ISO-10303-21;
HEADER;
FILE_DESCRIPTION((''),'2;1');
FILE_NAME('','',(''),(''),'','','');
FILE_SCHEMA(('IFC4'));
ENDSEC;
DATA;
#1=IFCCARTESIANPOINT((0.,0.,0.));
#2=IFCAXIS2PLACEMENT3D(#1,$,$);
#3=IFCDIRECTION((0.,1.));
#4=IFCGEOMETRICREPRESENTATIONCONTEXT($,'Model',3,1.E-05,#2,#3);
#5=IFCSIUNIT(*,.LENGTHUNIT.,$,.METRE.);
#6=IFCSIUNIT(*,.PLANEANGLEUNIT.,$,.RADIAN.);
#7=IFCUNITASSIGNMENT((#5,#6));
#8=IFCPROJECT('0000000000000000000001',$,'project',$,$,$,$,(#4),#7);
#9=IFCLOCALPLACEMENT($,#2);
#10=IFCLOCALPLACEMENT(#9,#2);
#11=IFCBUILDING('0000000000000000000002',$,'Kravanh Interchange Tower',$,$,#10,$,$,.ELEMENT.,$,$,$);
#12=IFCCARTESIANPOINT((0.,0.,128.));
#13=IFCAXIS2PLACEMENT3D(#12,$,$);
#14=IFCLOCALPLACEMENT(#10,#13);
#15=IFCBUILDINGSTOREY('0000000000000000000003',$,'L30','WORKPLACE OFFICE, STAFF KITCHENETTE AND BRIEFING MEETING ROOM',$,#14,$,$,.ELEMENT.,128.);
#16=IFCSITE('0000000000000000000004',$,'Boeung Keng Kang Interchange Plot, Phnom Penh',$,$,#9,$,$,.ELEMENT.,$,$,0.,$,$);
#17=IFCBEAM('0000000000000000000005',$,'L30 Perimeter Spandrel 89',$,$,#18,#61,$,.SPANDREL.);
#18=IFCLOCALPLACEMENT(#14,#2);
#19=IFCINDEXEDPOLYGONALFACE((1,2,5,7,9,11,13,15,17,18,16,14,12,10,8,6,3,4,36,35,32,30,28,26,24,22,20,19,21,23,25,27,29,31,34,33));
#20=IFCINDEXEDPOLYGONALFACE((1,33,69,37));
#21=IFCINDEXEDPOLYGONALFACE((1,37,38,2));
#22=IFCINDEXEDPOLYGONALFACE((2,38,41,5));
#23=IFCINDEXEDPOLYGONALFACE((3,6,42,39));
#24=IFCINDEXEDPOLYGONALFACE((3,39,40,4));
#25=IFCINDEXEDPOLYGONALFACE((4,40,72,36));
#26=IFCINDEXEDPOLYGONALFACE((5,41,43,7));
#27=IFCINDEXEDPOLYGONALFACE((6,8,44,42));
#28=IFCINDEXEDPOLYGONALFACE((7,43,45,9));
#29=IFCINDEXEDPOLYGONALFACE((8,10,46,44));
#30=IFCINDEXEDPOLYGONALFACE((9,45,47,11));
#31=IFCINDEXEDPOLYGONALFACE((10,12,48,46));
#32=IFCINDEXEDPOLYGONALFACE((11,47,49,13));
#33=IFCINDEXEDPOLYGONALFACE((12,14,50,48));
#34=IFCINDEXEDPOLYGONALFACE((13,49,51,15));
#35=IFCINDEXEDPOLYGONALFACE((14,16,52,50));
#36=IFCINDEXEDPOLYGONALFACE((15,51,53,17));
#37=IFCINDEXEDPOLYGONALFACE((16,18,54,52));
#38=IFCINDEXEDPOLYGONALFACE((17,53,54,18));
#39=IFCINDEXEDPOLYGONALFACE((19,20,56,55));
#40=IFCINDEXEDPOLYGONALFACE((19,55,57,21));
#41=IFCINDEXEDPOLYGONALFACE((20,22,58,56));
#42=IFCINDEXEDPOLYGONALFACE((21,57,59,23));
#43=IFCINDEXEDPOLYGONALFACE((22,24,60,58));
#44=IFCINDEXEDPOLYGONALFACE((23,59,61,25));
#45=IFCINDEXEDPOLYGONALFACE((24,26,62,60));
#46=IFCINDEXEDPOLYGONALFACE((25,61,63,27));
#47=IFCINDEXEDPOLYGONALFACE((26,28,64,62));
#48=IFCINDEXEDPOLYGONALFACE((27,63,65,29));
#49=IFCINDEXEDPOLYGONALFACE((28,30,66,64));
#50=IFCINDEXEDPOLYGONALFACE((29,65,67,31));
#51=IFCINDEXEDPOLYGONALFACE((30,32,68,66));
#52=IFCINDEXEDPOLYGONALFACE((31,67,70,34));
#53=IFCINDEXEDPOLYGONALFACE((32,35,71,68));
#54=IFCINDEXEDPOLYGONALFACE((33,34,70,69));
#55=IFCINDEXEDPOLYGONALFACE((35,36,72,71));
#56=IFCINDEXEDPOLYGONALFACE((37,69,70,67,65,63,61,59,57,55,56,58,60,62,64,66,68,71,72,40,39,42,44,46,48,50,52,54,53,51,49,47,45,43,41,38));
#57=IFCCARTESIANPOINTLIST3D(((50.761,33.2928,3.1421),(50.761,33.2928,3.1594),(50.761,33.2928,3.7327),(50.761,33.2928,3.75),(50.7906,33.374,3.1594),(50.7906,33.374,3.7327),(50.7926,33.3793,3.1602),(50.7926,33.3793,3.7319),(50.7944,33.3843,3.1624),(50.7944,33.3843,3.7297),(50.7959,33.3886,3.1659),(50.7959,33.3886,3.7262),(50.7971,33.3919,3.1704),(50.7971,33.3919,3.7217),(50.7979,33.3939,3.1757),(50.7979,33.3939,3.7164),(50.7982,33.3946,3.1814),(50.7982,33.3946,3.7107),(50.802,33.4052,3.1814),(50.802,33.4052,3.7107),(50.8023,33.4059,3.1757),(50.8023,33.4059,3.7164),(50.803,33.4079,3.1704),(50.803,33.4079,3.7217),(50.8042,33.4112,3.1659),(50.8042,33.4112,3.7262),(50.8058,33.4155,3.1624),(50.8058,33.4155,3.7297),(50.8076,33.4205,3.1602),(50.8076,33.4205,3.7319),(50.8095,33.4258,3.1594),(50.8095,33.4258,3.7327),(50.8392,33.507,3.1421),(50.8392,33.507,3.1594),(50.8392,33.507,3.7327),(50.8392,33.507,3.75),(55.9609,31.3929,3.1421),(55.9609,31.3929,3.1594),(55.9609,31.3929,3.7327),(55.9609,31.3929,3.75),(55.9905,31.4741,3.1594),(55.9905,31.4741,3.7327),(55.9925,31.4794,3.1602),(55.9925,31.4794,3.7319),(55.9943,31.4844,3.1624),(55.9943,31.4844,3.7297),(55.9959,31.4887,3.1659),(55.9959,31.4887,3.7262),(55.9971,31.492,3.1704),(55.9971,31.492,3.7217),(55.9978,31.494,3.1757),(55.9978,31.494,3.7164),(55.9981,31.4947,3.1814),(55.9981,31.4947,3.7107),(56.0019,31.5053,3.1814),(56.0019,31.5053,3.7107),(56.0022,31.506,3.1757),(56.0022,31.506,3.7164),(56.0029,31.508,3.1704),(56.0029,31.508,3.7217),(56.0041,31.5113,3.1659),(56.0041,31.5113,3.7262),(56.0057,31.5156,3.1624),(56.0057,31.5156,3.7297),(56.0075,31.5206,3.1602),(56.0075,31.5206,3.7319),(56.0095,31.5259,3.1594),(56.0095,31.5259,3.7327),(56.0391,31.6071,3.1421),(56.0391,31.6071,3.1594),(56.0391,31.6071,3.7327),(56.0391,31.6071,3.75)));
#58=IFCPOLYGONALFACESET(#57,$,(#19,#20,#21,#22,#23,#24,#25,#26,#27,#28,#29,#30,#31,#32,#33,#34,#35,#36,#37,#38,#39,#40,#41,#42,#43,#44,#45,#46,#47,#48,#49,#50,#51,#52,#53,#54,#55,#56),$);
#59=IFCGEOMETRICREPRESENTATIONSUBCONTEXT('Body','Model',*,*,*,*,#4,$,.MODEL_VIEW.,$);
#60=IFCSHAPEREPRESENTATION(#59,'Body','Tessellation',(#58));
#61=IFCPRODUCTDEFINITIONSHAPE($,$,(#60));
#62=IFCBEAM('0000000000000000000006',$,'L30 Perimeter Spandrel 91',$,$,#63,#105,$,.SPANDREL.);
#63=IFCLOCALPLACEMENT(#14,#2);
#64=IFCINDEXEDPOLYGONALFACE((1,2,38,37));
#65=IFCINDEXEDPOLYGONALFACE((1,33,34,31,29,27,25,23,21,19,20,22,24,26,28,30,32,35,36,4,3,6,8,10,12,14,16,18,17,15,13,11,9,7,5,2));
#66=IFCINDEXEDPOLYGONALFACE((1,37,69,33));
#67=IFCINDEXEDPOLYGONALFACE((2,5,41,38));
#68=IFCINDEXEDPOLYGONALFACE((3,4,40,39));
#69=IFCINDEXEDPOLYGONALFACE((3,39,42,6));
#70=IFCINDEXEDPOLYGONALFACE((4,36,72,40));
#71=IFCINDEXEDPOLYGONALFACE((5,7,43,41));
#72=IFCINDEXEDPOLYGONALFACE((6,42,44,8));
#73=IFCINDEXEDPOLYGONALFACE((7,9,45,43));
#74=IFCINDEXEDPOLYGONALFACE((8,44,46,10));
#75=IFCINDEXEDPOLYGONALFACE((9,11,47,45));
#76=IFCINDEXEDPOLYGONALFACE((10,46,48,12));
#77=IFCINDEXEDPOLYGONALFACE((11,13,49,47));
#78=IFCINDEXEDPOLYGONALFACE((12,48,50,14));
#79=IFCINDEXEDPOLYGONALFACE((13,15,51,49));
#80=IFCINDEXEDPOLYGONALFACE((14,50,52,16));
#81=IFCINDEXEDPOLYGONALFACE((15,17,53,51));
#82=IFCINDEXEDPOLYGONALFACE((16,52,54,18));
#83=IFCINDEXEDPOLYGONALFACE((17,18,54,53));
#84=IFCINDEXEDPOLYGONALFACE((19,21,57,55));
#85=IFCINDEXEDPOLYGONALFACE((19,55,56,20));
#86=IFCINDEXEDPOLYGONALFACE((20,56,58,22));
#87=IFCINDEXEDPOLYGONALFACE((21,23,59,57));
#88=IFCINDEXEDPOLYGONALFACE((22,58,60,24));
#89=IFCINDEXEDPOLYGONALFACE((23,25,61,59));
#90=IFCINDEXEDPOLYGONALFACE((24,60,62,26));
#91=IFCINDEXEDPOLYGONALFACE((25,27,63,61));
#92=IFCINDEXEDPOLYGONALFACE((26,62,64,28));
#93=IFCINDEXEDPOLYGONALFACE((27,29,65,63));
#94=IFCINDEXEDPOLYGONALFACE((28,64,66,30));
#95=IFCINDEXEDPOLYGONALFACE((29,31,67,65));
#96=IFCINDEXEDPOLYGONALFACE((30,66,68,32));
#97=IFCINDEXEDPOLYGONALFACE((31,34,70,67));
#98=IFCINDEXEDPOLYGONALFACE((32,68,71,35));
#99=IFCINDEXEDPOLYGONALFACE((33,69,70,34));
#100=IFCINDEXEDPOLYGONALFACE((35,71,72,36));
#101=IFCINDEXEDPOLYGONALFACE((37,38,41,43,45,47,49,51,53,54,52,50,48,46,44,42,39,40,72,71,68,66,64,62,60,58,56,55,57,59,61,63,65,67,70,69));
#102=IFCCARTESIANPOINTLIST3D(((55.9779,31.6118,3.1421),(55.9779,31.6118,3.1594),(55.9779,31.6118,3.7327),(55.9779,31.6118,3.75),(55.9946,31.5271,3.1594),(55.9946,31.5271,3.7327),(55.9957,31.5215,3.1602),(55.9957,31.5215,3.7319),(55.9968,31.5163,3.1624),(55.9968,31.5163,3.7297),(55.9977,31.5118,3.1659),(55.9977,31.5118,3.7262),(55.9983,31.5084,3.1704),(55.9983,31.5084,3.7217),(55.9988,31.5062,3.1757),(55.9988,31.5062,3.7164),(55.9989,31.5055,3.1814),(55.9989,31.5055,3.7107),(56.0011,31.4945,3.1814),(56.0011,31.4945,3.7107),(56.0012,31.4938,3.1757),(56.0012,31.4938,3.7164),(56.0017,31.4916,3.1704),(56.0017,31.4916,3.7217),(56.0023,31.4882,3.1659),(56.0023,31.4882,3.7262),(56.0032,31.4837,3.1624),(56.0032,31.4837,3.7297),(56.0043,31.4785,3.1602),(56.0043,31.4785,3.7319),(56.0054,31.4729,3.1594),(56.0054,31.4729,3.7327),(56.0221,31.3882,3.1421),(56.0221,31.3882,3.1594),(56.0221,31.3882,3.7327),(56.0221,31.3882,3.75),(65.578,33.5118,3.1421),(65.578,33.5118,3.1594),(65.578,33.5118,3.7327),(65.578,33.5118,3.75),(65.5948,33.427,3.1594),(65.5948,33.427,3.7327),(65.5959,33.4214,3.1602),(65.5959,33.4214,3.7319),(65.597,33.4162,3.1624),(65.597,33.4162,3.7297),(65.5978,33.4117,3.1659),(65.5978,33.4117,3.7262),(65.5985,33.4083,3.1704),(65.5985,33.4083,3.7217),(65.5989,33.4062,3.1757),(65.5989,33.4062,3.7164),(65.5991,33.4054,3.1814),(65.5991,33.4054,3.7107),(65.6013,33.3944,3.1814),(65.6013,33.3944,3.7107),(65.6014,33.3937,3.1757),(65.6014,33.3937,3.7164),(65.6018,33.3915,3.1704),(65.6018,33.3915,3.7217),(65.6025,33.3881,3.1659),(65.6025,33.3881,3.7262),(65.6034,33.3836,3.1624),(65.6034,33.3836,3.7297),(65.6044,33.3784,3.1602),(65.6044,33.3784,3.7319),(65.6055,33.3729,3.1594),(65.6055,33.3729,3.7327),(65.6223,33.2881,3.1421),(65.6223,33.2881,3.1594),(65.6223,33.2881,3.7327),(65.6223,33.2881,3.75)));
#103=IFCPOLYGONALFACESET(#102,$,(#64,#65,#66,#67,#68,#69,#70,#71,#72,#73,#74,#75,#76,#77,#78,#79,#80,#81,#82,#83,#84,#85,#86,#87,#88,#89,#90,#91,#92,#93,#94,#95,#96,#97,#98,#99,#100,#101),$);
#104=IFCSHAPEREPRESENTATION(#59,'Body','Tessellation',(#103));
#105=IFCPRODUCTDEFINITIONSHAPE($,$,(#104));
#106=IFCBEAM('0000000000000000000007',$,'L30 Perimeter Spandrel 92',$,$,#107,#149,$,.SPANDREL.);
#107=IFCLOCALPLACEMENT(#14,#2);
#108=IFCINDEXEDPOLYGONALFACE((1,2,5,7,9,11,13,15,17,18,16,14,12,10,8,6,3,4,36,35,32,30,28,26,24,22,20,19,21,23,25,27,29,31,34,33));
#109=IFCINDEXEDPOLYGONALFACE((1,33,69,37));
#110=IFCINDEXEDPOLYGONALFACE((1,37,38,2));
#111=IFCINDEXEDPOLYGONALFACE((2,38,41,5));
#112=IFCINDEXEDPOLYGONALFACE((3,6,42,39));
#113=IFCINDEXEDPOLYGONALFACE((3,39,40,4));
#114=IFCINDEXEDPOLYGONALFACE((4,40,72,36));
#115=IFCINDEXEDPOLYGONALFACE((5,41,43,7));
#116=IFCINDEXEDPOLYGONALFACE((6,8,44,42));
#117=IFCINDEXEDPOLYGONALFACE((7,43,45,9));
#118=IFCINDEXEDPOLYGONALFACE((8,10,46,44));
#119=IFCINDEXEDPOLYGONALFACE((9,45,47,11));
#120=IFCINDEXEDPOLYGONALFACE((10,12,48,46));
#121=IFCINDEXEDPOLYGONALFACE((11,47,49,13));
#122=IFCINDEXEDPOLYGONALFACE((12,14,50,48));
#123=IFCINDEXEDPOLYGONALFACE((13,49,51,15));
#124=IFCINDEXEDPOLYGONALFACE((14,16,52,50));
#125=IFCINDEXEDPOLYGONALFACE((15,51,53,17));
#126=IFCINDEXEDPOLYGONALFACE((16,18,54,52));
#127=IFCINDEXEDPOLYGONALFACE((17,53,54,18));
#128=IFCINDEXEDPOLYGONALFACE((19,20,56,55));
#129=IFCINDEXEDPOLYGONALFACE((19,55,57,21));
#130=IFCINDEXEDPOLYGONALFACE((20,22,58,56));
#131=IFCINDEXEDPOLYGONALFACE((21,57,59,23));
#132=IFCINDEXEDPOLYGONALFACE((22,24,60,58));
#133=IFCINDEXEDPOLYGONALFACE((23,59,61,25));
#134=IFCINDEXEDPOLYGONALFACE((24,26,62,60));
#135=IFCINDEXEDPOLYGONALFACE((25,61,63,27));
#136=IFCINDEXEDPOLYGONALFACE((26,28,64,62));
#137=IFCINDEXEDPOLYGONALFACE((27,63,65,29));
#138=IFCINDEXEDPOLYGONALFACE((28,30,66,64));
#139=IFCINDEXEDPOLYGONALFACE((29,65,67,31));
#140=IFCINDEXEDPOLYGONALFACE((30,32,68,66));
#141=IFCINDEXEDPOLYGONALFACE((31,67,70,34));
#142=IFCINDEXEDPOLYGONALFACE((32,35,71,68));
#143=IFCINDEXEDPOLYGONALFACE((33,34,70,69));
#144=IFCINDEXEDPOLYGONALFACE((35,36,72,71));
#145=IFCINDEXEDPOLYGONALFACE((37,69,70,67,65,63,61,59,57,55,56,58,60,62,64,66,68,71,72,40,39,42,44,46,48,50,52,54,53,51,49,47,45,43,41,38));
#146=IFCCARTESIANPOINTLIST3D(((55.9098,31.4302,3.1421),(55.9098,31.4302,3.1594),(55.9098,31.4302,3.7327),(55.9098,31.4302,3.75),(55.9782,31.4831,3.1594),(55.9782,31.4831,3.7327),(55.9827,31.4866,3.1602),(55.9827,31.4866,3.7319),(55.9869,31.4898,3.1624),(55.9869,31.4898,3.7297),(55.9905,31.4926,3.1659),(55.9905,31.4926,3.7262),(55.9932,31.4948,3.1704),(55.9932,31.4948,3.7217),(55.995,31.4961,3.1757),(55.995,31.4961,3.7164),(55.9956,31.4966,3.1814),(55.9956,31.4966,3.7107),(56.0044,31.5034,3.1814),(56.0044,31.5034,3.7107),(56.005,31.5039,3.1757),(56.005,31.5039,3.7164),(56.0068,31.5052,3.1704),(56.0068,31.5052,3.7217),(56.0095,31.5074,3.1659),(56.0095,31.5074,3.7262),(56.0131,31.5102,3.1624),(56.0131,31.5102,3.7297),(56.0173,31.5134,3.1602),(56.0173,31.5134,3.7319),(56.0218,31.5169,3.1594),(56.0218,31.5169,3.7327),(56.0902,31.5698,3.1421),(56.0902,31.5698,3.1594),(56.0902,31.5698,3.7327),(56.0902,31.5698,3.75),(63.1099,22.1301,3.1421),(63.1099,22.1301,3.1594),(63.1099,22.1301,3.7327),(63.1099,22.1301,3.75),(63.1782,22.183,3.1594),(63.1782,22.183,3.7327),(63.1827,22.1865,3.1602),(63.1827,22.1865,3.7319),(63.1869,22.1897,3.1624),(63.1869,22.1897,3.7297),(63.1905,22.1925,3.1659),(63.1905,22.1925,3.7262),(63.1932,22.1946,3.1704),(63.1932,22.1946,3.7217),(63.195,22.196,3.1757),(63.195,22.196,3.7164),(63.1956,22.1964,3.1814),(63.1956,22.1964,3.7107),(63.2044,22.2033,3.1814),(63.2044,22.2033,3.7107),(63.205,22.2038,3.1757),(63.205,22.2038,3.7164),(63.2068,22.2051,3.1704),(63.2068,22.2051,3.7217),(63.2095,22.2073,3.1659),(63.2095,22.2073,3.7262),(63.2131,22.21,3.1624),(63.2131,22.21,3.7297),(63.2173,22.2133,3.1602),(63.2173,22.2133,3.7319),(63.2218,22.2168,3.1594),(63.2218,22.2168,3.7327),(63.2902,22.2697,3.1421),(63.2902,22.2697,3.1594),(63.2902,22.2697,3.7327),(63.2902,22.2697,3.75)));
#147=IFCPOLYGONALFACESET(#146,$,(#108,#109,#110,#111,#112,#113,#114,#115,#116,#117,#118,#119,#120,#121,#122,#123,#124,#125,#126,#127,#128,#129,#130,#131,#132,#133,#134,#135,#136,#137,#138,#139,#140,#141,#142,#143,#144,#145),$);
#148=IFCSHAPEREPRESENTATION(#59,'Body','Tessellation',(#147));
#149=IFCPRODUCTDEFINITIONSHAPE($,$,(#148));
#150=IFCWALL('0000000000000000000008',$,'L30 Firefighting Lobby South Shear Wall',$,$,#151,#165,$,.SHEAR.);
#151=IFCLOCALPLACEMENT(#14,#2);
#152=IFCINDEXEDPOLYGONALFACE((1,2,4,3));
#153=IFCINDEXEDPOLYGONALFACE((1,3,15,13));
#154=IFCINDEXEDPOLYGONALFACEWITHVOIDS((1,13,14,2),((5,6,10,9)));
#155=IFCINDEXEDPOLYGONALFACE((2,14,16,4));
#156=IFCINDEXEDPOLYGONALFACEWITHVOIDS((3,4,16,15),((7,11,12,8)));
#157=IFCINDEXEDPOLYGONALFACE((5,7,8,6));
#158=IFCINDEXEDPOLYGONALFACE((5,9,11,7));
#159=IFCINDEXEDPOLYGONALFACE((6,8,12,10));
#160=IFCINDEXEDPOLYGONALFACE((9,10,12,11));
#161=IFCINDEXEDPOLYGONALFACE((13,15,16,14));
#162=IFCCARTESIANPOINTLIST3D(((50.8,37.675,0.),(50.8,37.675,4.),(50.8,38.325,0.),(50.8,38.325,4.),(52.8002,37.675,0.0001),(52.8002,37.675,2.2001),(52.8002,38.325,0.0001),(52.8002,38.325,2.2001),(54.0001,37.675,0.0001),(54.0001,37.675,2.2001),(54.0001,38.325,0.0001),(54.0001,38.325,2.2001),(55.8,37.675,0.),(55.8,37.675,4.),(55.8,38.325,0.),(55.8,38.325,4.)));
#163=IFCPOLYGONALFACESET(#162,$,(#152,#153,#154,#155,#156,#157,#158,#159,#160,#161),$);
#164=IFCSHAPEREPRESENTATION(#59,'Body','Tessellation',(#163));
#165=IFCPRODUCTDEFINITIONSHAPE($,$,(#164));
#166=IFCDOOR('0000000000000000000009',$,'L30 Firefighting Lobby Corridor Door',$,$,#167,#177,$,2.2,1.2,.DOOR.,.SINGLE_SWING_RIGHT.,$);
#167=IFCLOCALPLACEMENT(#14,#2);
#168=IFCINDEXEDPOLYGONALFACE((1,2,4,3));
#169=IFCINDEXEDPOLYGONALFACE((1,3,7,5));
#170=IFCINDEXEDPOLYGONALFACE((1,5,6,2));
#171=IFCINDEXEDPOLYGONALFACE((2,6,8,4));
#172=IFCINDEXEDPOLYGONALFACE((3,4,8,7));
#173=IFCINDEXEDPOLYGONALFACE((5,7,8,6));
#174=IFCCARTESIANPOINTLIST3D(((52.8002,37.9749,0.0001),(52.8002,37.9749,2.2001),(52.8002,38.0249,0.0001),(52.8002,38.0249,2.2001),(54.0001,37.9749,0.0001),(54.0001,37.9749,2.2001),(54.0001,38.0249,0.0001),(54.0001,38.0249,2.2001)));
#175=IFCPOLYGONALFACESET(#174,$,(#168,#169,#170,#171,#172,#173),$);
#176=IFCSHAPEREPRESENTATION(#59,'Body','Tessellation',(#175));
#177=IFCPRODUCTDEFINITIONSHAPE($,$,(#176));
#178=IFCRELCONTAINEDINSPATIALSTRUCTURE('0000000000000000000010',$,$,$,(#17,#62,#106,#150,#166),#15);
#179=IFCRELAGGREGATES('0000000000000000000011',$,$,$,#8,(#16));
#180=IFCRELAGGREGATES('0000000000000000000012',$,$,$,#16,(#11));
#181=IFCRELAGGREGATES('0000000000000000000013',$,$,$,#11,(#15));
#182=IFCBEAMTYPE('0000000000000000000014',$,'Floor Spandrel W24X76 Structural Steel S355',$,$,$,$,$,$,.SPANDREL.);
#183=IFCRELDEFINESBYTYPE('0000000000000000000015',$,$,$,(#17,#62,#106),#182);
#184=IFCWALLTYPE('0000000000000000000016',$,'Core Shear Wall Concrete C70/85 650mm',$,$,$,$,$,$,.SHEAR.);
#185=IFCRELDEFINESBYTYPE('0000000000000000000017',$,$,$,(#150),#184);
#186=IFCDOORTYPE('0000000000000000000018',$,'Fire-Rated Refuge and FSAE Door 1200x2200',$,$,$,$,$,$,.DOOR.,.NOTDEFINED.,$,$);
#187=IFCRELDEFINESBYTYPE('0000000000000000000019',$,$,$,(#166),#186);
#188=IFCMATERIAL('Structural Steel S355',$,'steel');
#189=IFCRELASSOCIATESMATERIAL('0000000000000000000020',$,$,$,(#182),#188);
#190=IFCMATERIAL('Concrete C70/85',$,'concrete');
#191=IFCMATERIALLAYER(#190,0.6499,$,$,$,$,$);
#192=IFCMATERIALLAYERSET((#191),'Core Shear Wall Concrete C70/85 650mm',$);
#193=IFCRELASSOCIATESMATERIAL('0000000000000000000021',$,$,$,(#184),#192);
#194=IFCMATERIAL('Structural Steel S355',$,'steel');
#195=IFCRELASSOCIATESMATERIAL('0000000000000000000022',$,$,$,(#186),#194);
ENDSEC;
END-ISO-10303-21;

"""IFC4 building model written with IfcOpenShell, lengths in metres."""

from ifc_helpers import new_model, si_unit, direction, frame, frame_2d, origin, origin_2d, place, context, subcontext, project, spatial, rectangle, i_section, extrude, material, layer, layer_set, material_profile, profile_set, type_object, element, fill, save


model = new_model("IFC4")

# Units and contexts
model_context = context("Model", 3, precision=1e-05, world=origin(), true_north=direction((0.0, 1.0)))
body_context = subcontext(model_context, "Body", "Model", "MODEL_VIEW")
ifc_project = project(units=[si_unit("LENGTHUNIT", "METRE"), si_unit("PLANEANGLEUNIT", "RADIAN")], contexts=[model_context])

# Site, building, storey
site_placement = place(None, origin())
site = spatial("IfcSite", under=ifc_project, at=site_placement, Name="Boeung Keng Kang Interchange Plot, Phnom Penh", CompositionType="ELEMENT", RefElevation=0.0)
building_placement = place(site_placement, origin())
building = spatial("IfcBuilding", under=site, at=building_placement, Name="Kravanh Interchange Tower", CompositionType="ELEMENT")
storey_placement = place(building_placement, frame((0.0, 0.0, 128.0)))
storey = spatial("IfcBuildingStorey", under=building, at=storey_placement, Name="L30", Description="WORKPLACE OFFICE, STAFF KITCHENETTE AND BRIEFING MEETING ROOM", CompositionType="ELEMENT", Elevation=128.0)

# Beams
ifc_material_1 = material(Name="Structural Steel S355", Category="steel")
ifc_material_profile_1 = material_profile(ifc_material_1, i_section(OverallWidth=0.228, OverallDepth=0.6079, WebThickness=0.0112, FlangeThickness=0.0173, FilletRadius=0.022, at=origin_2d()), Name="W24X76")
ifc_profile_set_1 = profile_set([ifc_material_profile_1], Name="Structural Steel S355")
beam_type_1 = type_object("IfcBeamType", Name="Floor Spandrel W24X76 Structural Steel S355", PredefinedType="SPANDREL", material=ifc_profile_set_1)
beam_1_placement = place(storey_placement, frame((56.0, 31.5, 3.446), z_axis=(-0.93927, 0.34318, 0.0), x_axis=(-0.34318, -0.93927, 0.0)))
element("IfcBeam", 1, at=beam_1_placement, inside=storey, type_object=beam_type_1, Name="L30 Perimeter Spandrel 89", PredefinedType="SPANDREL", context=body_context, shape_type="SweptSolid", body=[
    extrude(i_section(OverallWidth=0.228, OverallDepth=0.6079, WebThickness=0.0112, FlangeThickness=0.0173, FilletRadius=0.022, at=origin_2d()), origin(), (0.0, 0.0, 1.0), 5.5361),
])
beam_2_placement = place(storey_placement, frame((56.0, 31.5, 3.446), z_axis=(0.980974, 0.194139, 0.0), x_axis=(-0.194139, 0.980974, 0.0)))
element("IfcBeam", 2, at=beam_2_placement, inside=storey, type_object=beam_type_1, Name="L30 Perimeter Spandrel 91", PredefinedType="SPANDREL", context=body_context, shape_type="SweptSolid", body=[
    extrude(i_section(OverallWidth=0.228, OverallDepth=0.6079, WebThickness=0.0112, FlangeThickness=0.0173, FilletRadius=0.022, at=origin_2d()), origin(), (0.0, 0.0, 1.0), 9.7864),
])
beam_3_placement = place(storey_placement, frame((56.0, 31.5, 3.446), z_axis=(0.612169, -0.790727, 0.0), x_axis=(0.790727, 0.612169, 0.0)))
element("IfcBeam", 3, at=beam_3_placement, inside=storey, type_object=beam_type_1, Name="L30 Perimeter Spandrel 92", PredefinedType="SPANDREL", context=body_context, shape_type="SweptSolid", body=[
    extrude(i_section(OverallWidth=0.228, OverallDepth=0.6079, WebThickness=0.0112, FlangeThickness=0.0173, FilletRadius=0.022, at=origin_2d()), origin(), (0.0, 0.0, 1.0), 11.7615),
])

# Shared definitions
ifc_material_2 = material(Name="Concrete C70/85", Category="concrete")
ifc_layer_1 = layer(ifc_material_2, 0.6499)
ifc_layer_set_1 = layer_set([ifc_layer_1], Name="Core Shear Wall Concrete C70/85 650mm")
wall_type_1 = type_object("IfcWallType", Name="Core Shear Wall Concrete C70/85 650mm", PredefinedType="SHEAR", material=ifc_layer_set_1)

# Wall, opening, door
wall_1_placement = place(storey_placement, frame((50.8, 38.0, 0.0), z_axis=(0.0, 0.0, 1.0), x_axis=(1.0, 0.0, 0.0)))
wall_1 = element("IfcWall", 4, at=wall_1_placement, inside=storey, type_object=wall_type_1, Name="L30 Firefighting Lobby South Shear Wall", PredefinedType="SHEAR", context=body_context, shape_type="SweptSolid", body=[
    extrude(rectangle(XDim=5.0, YDim=0.6499, at=frame_2d((2.5, 0.0))), origin(), (0.0, 0.0, 1.0), 4.0),
])
opening_1_placement = place(wall_1_placement, frame((2.0, 0.0, 0.0)))
opening_1 = element("IfcOpeningElement", 5, at=opening_1_placement, cuts=wall_1, PredefinedType="OPENING", context=body_context, shape_type="SweptSolid", body=[
    extrude(rectangle(XDim=1.2, YDim=2.2, at=frame_2d((0.6001, 1.1001))), frame((0.0, 0.335, 0.0), z_axis=(0.0, -1.0, 0.0), x_axis=(1.0, 0.0, 0.0)), (0.0, 0.0, 1.0), 0.6699),
])
ifc_material_3 = material(Name="Structural Steel S355", Category="steel")
door_type_1 = type_object("IfcDoorType", Name="Fire-Rated Refuge and FSAE Door 1200x2200", OperationType="NOTDEFINED", PredefinedType="DOOR", material=ifc_material_3)
door_1_placement = place(opening_1_placement, origin())
door_1 = element("IfcDoor", 6, at=door_1_placement, inside=storey, type_object=door_type_1, Name="L30 Firefighting Lobby Corridor Door", OperationType="SINGLE_SWING_RIGHT", OverallHeight=2.2, OverallWidth=1.2, PredefinedType="DOOR", context=body_context, shape_type="SweptSolid", body=[
    extrude(rectangle(XDim=1.2, YDim=2.2, at=frame_2d((0.6001, 1.1001))), frame((0.0, 0.0249, 0.0), z_axis=(0.0, -1.0, 0.0), x_axis=(1.0, 0.0, 0.0)), (0.0, 0.0, 1.0), 0.05),
])
fill(opening_1, door_1)

save(model, "model.ifc")
